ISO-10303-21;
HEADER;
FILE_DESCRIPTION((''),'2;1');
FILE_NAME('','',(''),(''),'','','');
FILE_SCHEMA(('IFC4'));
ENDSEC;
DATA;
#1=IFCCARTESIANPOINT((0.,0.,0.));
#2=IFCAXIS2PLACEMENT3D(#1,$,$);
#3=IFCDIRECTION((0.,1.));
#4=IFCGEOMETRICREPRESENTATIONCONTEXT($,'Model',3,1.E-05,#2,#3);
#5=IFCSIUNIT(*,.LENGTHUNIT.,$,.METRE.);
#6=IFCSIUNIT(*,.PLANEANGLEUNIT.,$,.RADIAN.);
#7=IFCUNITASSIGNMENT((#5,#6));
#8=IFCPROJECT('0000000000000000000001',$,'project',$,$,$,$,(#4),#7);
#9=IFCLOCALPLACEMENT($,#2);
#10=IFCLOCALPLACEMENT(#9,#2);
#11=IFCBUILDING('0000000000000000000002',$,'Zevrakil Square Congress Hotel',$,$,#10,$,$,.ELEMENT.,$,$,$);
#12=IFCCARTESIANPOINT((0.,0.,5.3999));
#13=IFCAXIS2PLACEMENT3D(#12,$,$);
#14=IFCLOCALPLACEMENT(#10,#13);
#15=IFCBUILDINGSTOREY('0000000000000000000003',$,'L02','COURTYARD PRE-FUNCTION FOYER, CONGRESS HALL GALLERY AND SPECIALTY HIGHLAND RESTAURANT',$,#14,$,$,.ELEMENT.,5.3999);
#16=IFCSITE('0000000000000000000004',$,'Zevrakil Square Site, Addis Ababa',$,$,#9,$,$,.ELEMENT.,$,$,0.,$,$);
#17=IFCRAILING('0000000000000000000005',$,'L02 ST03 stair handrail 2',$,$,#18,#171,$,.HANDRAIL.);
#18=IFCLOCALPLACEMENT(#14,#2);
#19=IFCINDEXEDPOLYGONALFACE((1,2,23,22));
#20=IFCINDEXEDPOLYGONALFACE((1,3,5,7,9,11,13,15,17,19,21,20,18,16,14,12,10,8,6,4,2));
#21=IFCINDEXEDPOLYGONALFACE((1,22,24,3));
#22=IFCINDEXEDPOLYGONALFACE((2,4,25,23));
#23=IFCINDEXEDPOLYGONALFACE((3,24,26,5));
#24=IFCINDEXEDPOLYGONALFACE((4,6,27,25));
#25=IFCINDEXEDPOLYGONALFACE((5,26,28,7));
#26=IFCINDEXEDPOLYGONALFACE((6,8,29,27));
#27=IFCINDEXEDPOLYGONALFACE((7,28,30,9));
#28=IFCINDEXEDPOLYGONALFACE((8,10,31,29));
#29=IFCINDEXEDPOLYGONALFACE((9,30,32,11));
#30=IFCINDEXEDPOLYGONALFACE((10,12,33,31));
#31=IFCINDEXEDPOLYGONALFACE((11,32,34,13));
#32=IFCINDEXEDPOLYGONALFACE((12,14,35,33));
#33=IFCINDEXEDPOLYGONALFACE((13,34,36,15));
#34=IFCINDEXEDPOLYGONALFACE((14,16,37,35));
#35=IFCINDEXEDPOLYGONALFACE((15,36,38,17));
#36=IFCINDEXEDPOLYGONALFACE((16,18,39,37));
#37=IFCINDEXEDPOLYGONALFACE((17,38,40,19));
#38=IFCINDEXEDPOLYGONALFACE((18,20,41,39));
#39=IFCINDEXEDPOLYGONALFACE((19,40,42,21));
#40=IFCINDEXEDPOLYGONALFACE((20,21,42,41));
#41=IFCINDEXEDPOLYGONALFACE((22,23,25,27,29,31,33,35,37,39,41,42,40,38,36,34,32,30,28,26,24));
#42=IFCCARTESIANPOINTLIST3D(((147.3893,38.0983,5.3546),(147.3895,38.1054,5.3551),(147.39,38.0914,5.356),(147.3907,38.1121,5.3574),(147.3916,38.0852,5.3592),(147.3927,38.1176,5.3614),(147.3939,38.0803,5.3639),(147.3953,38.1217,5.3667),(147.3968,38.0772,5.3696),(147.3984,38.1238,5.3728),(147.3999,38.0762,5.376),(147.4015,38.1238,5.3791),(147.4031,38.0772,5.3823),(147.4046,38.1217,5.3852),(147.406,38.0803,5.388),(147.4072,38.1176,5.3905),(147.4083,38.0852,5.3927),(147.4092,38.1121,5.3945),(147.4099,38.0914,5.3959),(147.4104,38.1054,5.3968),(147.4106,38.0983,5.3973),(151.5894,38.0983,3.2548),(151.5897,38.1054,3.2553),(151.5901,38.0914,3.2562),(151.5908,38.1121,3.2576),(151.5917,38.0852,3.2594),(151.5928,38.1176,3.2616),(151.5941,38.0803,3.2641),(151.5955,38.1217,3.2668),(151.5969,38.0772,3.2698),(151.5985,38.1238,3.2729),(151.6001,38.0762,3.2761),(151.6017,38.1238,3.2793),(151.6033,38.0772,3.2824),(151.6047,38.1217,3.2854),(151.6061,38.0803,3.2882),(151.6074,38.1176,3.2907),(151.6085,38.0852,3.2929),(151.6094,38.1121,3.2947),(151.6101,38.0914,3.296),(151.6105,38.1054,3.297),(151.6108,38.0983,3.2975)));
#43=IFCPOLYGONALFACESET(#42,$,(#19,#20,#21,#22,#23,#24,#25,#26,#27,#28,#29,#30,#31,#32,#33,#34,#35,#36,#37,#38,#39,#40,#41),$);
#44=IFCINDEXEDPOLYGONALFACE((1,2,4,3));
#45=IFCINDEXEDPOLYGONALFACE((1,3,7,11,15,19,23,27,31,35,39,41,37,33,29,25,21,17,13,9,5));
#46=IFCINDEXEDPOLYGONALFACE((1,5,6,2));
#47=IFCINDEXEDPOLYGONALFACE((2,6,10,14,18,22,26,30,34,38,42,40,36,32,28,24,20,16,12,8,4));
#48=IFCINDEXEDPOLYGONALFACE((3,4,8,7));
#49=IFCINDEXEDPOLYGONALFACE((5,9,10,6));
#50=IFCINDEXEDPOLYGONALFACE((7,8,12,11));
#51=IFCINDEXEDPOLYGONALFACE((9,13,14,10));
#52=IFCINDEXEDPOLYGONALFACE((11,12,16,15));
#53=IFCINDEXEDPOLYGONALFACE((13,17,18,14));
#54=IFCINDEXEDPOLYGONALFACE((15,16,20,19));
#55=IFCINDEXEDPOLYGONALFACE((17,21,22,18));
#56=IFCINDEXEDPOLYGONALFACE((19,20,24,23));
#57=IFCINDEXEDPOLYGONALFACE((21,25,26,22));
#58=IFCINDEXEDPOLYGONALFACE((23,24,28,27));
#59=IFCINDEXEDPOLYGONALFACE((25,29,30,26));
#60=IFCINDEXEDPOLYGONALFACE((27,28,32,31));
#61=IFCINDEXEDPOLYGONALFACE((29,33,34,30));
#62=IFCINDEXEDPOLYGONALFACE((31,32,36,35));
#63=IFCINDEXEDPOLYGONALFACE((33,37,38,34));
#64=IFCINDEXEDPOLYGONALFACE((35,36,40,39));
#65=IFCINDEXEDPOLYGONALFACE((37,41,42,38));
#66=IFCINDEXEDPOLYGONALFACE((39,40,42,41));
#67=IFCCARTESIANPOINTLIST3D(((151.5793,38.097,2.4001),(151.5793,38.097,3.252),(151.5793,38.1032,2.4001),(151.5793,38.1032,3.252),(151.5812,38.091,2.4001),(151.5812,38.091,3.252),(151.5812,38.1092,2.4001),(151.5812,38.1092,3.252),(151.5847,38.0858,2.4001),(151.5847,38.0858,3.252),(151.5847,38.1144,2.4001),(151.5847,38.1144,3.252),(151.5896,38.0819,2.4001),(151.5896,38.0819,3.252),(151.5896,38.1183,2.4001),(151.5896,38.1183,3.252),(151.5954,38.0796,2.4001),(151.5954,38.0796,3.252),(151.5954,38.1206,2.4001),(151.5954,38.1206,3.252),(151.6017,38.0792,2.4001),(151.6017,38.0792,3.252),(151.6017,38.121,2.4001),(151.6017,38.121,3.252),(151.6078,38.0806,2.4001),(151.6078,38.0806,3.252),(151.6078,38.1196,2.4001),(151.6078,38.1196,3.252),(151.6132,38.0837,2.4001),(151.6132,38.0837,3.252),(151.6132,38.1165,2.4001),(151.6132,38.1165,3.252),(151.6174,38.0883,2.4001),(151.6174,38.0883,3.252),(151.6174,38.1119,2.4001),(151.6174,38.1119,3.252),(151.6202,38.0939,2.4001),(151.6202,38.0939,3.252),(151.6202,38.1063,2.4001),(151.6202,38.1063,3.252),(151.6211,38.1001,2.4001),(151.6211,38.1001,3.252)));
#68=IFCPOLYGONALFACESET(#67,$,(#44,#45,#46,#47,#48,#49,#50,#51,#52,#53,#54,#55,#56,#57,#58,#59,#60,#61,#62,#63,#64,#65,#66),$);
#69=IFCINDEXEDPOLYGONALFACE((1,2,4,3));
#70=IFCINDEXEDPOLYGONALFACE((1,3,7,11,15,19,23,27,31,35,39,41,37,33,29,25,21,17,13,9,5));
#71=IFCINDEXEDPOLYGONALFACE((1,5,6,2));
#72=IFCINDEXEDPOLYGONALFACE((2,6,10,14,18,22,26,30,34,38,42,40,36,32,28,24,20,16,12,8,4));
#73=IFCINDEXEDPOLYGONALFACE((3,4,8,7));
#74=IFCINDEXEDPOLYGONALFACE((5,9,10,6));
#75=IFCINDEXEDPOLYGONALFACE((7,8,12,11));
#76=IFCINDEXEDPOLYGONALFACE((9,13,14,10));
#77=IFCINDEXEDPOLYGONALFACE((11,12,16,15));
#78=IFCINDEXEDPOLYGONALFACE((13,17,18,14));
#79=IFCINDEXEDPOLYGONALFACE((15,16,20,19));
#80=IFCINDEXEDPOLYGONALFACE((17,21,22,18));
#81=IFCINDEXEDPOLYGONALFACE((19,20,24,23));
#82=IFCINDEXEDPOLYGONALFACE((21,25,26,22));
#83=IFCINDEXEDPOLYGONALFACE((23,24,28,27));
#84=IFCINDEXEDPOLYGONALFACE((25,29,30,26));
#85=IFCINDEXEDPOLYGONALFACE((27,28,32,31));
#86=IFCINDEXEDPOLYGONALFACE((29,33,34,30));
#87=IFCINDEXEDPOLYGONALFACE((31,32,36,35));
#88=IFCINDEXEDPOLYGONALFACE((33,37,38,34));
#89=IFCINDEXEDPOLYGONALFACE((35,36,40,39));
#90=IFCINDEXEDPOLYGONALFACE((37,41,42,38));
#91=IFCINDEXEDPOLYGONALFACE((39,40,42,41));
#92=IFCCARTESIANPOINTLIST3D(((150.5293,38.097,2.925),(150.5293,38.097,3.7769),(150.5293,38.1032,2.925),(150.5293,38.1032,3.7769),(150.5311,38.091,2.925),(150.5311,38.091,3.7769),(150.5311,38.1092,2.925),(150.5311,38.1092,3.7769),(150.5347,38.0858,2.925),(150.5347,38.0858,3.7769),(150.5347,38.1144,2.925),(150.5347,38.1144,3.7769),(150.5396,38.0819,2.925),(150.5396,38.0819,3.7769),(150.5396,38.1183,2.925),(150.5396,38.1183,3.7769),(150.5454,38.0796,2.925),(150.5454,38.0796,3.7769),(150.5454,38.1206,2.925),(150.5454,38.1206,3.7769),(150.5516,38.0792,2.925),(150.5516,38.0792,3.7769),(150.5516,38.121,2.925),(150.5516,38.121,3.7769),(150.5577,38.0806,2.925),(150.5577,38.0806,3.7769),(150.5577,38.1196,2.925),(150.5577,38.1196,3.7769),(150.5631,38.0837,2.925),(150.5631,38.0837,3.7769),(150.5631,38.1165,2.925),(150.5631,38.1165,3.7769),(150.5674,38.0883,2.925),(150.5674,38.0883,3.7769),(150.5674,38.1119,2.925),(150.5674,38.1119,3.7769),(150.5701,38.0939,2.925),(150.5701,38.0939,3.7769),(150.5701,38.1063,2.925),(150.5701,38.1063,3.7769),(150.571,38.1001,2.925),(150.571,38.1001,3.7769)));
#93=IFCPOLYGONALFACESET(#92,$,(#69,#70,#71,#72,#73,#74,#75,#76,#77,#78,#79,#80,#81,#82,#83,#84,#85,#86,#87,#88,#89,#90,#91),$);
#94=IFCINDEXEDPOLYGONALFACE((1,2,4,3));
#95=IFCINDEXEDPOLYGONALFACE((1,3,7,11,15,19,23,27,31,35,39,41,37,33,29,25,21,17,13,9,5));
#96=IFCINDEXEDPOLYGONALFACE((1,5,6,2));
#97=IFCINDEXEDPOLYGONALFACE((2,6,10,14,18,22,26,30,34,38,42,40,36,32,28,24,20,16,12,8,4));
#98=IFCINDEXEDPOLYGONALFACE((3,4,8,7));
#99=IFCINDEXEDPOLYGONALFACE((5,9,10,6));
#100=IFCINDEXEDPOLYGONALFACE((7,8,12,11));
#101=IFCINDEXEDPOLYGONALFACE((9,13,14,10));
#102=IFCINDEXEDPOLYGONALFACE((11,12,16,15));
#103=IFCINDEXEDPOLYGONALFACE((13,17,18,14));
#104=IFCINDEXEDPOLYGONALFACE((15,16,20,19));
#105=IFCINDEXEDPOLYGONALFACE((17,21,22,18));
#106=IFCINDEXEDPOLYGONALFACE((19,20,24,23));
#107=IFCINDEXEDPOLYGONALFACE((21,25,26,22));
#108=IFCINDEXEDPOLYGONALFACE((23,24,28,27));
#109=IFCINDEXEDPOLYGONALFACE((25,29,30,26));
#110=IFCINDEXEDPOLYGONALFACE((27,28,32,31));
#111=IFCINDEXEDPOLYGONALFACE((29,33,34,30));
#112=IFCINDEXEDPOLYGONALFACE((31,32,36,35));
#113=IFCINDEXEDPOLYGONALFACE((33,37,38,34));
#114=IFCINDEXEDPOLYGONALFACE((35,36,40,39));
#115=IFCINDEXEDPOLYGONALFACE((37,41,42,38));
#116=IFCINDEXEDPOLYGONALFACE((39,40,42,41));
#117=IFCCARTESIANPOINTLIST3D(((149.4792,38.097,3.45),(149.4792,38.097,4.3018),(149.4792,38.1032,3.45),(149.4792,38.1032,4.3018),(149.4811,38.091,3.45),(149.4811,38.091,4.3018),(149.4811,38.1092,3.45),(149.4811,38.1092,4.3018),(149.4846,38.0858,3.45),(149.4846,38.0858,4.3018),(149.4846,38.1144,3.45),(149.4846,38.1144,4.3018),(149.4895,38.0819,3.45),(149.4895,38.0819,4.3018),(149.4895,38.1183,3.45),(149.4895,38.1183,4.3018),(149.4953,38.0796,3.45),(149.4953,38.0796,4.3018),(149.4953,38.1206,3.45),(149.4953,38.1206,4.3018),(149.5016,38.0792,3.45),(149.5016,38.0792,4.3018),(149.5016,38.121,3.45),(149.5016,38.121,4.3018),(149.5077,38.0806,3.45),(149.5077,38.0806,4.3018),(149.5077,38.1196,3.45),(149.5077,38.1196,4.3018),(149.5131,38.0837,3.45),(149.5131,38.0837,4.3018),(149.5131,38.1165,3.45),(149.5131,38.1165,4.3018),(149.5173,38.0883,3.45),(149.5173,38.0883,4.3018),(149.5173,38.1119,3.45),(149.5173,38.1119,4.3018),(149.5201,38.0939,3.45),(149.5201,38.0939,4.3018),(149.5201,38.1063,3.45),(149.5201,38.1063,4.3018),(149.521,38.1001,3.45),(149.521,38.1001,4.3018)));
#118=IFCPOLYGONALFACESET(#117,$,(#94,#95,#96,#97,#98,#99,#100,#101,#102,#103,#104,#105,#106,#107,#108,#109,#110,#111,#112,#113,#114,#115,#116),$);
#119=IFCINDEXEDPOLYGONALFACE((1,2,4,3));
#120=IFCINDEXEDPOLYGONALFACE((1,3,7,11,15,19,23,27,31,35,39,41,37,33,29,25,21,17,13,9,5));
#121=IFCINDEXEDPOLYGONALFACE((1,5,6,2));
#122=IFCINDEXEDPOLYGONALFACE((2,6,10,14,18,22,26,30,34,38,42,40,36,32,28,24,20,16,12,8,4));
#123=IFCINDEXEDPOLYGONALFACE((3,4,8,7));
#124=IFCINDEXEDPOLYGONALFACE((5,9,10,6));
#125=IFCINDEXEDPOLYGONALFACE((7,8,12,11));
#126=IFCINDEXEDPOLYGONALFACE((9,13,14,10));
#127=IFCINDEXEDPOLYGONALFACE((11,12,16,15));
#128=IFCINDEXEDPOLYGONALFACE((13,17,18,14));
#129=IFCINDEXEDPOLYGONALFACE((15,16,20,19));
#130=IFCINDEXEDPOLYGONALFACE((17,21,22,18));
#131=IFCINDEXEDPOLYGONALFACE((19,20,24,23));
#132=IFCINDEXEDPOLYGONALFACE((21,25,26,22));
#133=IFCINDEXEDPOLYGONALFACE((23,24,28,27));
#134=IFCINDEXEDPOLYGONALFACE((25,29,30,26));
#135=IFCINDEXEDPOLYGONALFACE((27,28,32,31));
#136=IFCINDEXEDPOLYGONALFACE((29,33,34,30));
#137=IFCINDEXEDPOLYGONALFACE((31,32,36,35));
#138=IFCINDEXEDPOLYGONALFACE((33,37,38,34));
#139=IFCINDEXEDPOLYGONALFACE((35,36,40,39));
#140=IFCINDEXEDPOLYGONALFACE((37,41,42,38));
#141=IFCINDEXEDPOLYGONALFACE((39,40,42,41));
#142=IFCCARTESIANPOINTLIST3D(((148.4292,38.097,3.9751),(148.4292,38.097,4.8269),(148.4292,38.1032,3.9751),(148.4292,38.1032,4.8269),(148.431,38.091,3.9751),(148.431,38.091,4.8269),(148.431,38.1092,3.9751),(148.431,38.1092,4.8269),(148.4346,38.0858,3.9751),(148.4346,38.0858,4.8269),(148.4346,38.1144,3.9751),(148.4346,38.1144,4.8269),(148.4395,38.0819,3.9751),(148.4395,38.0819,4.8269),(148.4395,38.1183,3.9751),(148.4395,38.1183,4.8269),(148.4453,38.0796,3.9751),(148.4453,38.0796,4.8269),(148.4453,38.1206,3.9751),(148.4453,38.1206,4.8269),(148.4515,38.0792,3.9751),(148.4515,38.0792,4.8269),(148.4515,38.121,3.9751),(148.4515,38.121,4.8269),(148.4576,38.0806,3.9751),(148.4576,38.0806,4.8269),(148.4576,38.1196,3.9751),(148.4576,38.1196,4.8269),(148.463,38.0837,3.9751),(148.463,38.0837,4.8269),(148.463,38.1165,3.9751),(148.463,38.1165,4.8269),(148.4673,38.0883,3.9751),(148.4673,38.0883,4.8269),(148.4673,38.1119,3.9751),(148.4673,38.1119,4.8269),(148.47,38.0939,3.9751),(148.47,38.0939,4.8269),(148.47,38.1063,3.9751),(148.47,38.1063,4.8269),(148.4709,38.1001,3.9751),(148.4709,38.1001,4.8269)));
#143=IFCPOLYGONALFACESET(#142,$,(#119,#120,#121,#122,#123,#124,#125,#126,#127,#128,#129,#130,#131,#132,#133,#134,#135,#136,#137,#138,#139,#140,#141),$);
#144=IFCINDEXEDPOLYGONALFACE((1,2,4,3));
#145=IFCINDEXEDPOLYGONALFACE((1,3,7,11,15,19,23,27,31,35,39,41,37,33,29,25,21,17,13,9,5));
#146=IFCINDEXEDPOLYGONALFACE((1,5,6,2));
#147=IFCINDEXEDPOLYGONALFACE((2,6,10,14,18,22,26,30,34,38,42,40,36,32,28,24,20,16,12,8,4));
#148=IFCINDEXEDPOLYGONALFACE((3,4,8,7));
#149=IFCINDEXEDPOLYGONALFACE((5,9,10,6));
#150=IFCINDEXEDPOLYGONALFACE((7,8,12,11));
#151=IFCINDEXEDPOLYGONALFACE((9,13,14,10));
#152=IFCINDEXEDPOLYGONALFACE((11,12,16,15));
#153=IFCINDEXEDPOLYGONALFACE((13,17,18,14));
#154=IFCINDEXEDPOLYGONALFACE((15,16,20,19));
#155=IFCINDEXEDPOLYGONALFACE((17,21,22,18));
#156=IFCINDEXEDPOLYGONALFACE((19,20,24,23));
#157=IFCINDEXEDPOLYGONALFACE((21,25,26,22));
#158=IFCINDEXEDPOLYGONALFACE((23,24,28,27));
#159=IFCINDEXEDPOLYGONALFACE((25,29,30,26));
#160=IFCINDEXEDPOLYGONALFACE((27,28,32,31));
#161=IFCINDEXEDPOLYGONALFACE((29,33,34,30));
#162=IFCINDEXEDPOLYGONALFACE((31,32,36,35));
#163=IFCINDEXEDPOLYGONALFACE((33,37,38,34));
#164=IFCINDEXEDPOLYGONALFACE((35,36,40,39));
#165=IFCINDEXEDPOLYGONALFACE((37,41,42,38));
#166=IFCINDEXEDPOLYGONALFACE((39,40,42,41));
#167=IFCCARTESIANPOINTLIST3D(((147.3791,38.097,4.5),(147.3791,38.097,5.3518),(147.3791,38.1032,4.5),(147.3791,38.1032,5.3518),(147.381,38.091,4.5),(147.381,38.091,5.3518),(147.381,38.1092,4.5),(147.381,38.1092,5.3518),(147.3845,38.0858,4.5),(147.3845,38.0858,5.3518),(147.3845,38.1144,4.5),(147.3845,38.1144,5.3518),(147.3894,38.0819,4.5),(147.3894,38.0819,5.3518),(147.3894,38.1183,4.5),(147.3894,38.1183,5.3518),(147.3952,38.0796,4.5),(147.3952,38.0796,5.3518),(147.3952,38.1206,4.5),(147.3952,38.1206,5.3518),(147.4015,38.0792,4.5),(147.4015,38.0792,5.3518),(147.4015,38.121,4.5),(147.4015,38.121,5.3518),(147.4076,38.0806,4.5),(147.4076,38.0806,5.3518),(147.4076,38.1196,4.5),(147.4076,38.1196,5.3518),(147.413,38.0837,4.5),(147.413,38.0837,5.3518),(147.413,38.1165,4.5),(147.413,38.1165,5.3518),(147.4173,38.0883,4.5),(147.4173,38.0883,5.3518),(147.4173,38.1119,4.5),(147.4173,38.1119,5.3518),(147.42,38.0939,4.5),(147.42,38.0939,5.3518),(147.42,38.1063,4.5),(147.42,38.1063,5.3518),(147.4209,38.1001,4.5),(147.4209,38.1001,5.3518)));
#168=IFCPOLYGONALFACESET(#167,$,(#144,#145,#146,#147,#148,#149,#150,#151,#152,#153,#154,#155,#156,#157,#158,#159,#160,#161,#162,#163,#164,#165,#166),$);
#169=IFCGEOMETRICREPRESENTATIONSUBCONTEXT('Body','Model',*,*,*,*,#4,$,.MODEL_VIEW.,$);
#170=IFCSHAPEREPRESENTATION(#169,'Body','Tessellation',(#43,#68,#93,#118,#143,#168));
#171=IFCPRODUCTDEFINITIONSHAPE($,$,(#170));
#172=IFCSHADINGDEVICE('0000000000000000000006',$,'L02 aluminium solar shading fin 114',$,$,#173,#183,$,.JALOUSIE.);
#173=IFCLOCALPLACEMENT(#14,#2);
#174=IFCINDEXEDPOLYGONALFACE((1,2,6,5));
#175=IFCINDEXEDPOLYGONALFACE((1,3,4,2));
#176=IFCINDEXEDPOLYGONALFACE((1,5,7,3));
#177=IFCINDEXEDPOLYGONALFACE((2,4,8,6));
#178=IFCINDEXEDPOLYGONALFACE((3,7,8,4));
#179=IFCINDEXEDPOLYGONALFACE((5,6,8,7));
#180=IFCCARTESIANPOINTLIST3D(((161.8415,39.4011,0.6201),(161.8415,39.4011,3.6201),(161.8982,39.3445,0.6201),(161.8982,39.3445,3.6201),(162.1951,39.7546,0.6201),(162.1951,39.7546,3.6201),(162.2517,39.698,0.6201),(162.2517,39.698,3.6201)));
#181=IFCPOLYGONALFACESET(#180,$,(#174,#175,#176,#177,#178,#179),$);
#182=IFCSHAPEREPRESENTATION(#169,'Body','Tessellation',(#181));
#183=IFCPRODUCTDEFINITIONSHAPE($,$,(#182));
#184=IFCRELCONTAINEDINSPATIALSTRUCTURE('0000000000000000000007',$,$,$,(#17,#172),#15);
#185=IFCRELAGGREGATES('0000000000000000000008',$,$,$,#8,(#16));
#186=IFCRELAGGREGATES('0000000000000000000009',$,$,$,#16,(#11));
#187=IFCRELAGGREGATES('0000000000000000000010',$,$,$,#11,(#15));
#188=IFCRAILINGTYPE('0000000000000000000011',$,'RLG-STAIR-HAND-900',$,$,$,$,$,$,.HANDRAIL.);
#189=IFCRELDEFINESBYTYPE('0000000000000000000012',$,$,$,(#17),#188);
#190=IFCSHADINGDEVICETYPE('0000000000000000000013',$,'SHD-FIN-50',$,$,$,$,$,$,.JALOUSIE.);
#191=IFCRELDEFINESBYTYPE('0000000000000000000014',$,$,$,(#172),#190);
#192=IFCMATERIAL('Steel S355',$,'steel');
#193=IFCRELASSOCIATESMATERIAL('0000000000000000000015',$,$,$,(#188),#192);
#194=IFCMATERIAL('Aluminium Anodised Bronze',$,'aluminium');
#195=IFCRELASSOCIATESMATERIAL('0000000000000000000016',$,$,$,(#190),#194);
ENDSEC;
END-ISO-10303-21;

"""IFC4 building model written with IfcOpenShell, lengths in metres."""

from ifc_helpers import new_model, si_unit, direction, frame, origin, origin_2d, place, context, subcontext, project, spatial, rectangle, circle, extrude, material, type_object, element, save


model = new_model("IFC4")

# Units and contexts
model_context = context("Model", 3, precision=1e-05, world=origin(), true_north=direction((0.0, 1.0)))
body_context = subcontext(model_context, "Body", "Model", "MODEL_VIEW")
ifc_project = project(units=[si_unit("LENGTHUNIT", "METRE"), si_unit("PLANEANGLEUNIT", "RADIAN")], contexts=[model_context])

# Site, building, storey
site_placement = place(None, origin())
site = spatial("IfcSite", under=ifc_project, at=site_placement, Name="Zevrakil Square Site, Addis Ababa", CompositionType="ELEMENT", RefElevation=0.0)
building_placement = place(site_placement, origin())
building = spatial("IfcBuilding", under=site, at=building_placement, Name="Zevrakil Square Congress Hotel", CompositionType="ELEMENT")
storey_placement = place(building_placement, frame((0.0, 0.0, 5.3999)))
storey = spatial("IfcBuildingStorey", under=building, at=storey_placement, Name="L02", Description="COURTYARD PRE-FUNCTION FOYER, CONGRESS HALL GALLERY AND SPECIALTY HIGHLAND RESTAURANT", CompositionType="ELEMENT", Elevation=5.3999)

# Railing
ifc_material_1 = material(Name="Steel S355", Category="steel")
railing_type_1 = type_object("IfcRailingType", Name="RLG-STAIR-HAND-900", PredefinedType="HANDRAIL", material=ifc_material_1)
railing_1_placement = place(storey_placement, frame((151.6001, 38.1001, 2.4001)))
element("IfcRailing", 1, at=railing_1_placement, inside=storey, type_object=railing_type_1, Name="L02 ST03 stair handrail 2", PredefinedType="HANDRAIL", context=body_context, shape_type="SweptSolid", body=[
    extrude(circle(Radius=0.0239, at=origin_2d()), frame((0.0, 0.0, 0.876), z_axis=(-0.894448, 0.0, 0.447172), x_axis=(0.0, -1.0, 0.0)), (0.0, 0.0, 1.0), 4.6958),
    extrude(circle(Radius=0.021, at=origin_2d()), origin(), (0.0, 0.0, 1.0), 0.8518),
    extrude(circle(Radius=0.021, at=origin_2d()), frame((-1.05, 0.0, 0.5249)), (0.0, 0.0, 1.0), 0.8518),
    extrude(circle(Radius=0.021, at=origin_2d()), frame((-2.1001, 0.0, 1.0498)), (0.0, 0.0, 1.0), 0.8518),
    extrude(circle(Radius=0.021, at=origin_2d()), frame((-3.1501, 0.0, 1.575)), (0.0, 0.0, 1.0), 0.8518),
    extrude(circle(Radius=0.021, at=origin_2d()), frame((-4.2002, 0.0, 2.0999)), (0.0, 0.0, 1.0), 0.8518),
])

# Shading device
ifc_material_2 = material(Name="Aluminium Anodised Bronze", Category="aluminium")
shading_device_type = type_object("IfcShadingDeviceType", Name="SHD-FIN-50", PredefinedType="JALOUSIE", material=ifc_material_2)
shading_device_placement = place(storey_placement, frame((162.0466, 39.5496, 0.6201), z_axis=(0.0, 0.0, 1.0), x_axis=(0.707107, 0.707107, 0.0)))
element("IfcShadingDevice", 2, at=shading_device_placement, inside=storey, type_object=shading_device_type, Name="L02 aluminium solar shading fin 114", PredefinedType="JALOUSIE", context=body_context, shape_type="SweptSolid", body=[
    extrude(rectangle(XDim=0.5, YDim=0.0801, at=origin_2d()), origin(), (0.0, 0.0, 1.0), 3.0),
])

save(model, "model.ifc")
